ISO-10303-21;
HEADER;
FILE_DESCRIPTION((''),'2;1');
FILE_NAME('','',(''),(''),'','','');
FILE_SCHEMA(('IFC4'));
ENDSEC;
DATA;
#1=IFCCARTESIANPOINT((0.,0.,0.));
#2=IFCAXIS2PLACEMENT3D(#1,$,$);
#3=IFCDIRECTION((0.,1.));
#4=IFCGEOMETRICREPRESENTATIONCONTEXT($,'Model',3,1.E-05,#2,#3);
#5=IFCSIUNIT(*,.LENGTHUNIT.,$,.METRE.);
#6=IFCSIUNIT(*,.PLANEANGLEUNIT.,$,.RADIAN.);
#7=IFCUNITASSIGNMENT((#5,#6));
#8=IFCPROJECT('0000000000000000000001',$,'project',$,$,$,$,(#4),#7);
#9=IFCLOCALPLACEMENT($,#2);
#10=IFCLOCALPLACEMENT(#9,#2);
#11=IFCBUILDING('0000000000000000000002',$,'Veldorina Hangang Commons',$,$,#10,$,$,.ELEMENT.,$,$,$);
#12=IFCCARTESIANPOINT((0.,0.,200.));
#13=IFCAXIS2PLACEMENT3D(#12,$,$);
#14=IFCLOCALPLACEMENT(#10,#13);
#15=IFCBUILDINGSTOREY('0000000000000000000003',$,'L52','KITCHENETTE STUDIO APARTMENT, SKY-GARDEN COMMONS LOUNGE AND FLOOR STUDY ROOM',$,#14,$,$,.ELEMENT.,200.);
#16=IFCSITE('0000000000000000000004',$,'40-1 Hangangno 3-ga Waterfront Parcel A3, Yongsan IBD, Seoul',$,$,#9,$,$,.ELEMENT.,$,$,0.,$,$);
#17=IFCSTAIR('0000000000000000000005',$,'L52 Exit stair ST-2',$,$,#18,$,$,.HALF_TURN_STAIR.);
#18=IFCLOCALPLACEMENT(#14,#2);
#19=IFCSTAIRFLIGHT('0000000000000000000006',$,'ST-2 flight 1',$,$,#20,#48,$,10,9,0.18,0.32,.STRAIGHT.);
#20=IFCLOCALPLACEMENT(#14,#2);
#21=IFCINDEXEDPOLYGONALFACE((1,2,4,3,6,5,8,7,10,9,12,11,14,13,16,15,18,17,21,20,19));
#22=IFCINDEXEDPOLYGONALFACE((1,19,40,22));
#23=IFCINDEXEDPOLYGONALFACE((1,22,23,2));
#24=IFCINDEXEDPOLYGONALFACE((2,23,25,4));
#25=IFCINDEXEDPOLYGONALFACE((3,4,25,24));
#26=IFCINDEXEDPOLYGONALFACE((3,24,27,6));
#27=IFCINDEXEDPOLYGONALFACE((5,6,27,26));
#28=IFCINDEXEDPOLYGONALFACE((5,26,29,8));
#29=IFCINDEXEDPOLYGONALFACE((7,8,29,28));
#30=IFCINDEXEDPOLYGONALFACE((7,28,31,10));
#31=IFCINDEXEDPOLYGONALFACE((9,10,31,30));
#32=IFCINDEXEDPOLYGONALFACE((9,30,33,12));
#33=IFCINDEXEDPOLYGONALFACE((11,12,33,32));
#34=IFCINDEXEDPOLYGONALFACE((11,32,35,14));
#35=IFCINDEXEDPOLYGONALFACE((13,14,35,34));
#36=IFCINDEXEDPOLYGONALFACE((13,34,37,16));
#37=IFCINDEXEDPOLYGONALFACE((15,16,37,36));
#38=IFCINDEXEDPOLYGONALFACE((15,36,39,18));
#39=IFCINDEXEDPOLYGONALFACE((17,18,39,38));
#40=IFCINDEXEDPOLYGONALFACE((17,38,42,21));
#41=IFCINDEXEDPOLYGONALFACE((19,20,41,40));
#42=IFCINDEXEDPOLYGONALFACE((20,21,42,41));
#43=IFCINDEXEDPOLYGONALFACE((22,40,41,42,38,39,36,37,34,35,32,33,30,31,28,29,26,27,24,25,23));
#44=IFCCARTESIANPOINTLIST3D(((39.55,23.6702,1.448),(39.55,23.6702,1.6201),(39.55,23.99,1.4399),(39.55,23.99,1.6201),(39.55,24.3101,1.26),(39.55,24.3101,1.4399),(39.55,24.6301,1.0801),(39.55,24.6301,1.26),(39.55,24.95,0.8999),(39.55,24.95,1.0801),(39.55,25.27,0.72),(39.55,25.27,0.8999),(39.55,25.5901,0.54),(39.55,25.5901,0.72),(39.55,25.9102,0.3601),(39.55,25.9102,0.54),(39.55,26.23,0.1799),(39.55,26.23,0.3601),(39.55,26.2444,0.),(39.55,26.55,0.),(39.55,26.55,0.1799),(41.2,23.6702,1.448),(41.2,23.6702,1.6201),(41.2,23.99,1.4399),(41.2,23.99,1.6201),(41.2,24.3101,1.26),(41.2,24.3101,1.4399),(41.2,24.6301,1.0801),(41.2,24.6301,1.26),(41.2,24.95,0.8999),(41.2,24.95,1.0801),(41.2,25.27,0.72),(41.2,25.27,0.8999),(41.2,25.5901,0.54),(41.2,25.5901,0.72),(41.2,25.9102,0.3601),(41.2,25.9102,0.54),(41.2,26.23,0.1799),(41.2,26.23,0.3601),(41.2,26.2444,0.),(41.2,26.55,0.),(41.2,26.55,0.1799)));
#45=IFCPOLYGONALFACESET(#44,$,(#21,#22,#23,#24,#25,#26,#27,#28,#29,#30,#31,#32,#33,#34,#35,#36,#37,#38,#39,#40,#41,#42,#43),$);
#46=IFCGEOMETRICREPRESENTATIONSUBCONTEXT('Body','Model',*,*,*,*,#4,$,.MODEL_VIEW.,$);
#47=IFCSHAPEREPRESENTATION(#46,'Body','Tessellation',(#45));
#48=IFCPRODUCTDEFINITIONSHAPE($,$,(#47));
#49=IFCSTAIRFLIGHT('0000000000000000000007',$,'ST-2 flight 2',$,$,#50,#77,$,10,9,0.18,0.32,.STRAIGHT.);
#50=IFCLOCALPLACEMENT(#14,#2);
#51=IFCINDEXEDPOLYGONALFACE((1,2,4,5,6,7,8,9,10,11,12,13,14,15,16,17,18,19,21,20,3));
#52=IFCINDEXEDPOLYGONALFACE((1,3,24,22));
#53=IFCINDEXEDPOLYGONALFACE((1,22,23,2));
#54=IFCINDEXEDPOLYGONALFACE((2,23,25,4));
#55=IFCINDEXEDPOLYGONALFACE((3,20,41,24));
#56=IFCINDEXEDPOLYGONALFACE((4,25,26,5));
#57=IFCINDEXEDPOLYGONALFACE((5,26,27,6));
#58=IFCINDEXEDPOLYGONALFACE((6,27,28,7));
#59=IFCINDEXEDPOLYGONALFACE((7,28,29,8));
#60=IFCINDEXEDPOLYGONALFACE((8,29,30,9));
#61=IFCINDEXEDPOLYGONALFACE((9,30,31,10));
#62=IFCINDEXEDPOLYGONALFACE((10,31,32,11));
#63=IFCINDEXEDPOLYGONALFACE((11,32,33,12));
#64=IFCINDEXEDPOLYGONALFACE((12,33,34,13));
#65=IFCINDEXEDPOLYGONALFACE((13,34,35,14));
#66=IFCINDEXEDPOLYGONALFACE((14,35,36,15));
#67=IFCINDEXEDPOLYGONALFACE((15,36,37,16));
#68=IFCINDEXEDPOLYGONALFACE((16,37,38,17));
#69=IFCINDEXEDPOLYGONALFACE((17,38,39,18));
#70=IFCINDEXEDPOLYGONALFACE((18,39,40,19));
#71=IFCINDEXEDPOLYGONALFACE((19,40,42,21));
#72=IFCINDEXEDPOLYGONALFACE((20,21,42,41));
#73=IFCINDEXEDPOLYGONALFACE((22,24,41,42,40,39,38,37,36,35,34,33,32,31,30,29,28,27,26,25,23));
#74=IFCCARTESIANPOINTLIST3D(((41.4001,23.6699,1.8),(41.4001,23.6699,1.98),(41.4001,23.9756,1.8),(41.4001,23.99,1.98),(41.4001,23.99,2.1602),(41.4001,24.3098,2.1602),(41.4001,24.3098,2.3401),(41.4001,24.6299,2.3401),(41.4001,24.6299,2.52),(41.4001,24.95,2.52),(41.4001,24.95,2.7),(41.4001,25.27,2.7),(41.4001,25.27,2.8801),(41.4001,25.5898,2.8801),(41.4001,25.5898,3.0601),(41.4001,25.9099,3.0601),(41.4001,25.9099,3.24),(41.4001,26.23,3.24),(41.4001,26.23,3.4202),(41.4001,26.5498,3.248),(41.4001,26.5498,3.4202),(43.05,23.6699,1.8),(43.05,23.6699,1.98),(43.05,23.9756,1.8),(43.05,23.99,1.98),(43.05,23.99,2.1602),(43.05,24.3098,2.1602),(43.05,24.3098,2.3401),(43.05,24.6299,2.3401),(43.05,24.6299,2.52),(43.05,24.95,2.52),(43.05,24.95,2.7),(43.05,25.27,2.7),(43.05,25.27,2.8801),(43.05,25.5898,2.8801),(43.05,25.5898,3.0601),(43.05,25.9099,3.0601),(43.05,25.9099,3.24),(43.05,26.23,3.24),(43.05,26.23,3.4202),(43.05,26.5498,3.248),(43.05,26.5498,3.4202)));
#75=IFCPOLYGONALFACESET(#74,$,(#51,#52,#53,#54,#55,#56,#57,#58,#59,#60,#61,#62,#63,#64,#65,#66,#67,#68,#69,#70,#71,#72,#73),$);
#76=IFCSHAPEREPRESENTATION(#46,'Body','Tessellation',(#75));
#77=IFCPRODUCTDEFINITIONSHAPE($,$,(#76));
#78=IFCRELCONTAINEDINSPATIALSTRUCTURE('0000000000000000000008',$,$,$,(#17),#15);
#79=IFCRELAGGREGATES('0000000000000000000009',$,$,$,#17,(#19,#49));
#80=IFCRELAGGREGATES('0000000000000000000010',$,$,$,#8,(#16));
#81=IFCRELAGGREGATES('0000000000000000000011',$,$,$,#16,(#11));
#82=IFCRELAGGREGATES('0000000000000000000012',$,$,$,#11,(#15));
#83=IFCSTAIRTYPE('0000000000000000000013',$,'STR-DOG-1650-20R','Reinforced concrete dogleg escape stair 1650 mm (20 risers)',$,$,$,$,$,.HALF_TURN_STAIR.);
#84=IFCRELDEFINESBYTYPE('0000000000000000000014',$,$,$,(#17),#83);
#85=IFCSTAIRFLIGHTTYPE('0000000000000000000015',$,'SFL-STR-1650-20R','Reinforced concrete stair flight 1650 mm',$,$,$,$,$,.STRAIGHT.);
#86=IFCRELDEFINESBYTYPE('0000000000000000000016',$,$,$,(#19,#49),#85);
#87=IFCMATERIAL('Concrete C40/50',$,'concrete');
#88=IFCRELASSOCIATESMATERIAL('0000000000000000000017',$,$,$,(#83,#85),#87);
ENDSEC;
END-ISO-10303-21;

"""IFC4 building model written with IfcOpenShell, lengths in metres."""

from ifc_helpers import new_model, si_unit, direction, frame, origin, place, context, subcontext, project, spatial, polyline, outline, extrude, material, type_object, element, aggregate, save


model = new_model("IFC4")

# Units and contexts
model_context = context("Model", 3, precision=1e-05, world=origin(), true_north=direction((0.0, 1.0)))
body_context = subcontext(model_context, "Body", "Model", "MODEL_VIEW")
ifc_project = project(units=[si_unit("LENGTHUNIT", "METRE"), si_unit("PLANEANGLEUNIT", "RADIAN")], contexts=[model_context])

# Site, building, storey
site_placement = place(None, origin())
site = spatial("IfcSite", under=ifc_project, at=site_placement, Name="40-1 Hangangno 3-ga Waterfront Parcel A3, Yongsan IBD, Seoul", CompositionType="ELEMENT", RefElevation=0.0)
building_placement = place(site_placement, origin())
building = spatial("IfcBuilding", under=site, at=building_placement, Name="Veldorina Hangang Commons", CompositionType="ELEMENT")
storey_placement = place(building_placement, frame((0.0, 0.0, 200.0)))
storey = spatial("IfcBuildingStorey", under=building, at=storey_placement, Name="L52", Description="KITCHENETTE STUDIO APARTMENT, SKY-GARDEN COMMONS LOUNGE AND FLOOR STUDY ROOM", CompositionType="ELEMENT", Elevation=200.0)

# Stair, stair flights
ifc_material_1 = material(Name="Concrete C40/50", Category="concrete")
stair_type = type_object("IfcStairType", Name="STR-DOG-1650-20R", Description="Reinforced concrete dogleg escape stair 1650 mm (20 risers)", PredefinedType="HALF_TURN_STAIR", material=ifc_material_1)
stair_placement = place(storey_placement, origin())
stair = element("IfcStair", 1, at=stair_placement, inside=storey, type_object=stair_type, Name="L52 Exit stair ST-2", PredefinedType="HALF_TURN_STAIR")
stair_flight_type = type_object("IfcStairFlightType", Name="SFL-STR-1650-20R", Description="Reinforced concrete stair flight 1650 mm", PredefinedType="STRAIGHT", material=ifc_material_1)
stair_flight_1_placement = place(storey_placement, frame((40.375, 26.55, 0.0), z_axis=(0.0, 0.0, 1.0), x_axis=(0.0, -1.0, 0.0)))
stair_flight_1 = element("IfcStairFlight", 2, at=stair_flight_1_placement, type_object=stair_flight_type, Name="ST-2 flight 1", NumberOfRisers=10, NumberOfTreads=9, PredefinedType="STRAIGHT", RiserHeight=0.18, TreadLength=0.32, context=body_context, shape_type="SweptSolid", body=[
    extrude(outline(polyline([(0.0, 0.0), (0.0, 0.1799), (0.3201, 0.1799), (0.3201, 0.3601), (0.6399, 0.3601), (0.6399, 0.54), (0.96, 0.54), (0.96, 0.72), (1.28, 0.72), (1.28, 0.8999), (1.6001, 0.8999), (1.6001, 1.0801), (1.9199, 1.0801), (1.9199, 1.26), (2.24, 1.26), (2.24, 1.4399), (2.5601, 1.4399), (2.5601, 1.6201), (2.8799, 1.6201), (2.8799, 1.8), (2.8799, 1.448), (0.3057, 0.0), (0.0, 0.0)])), frame((0.0, 0.825, 0.0), z_axis=(0.0, -1.0, 0.0), x_axis=(1.0, 0.0, 0.0)), (0.0, 0.0, 1.0), 1.6499),
])
stair_flight_2_placement = place(storey_placement, frame((42.2251, 23.6699, 1.8), z_axis=(0.0, 0.0, 1.0), x_axis=(0.0, 1.0, 0.0)))
stair_flight_2 = element("IfcStairFlight", 3, at=stair_flight_2_placement, type_object=stair_flight_type, Name="ST-2 flight 2", NumberOfRisers=10, NumberOfTreads=9, PredefinedType="STRAIGHT", RiserHeight=0.18, TreadLength=0.32, context=body_context, shape_type="SweptSolid", body=[
    extrude(outline(polyline([(0.0, 0.0), (0.0, 0.1799), (0.3201, 0.1799), (0.3201, 0.3601), (0.6399, 0.3601), (0.6399, 0.54), (0.96, 0.54), (0.96, 0.72), (1.28, 0.72), (1.28, 0.8999), (1.6001, 0.8999), (1.6001, 1.0801), (1.9199, 1.0801), (1.9199, 1.26), (2.24, 1.26), (2.24, 1.4399), (2.5601, 1.4399), (2.5601, 1.6201), (2.8799, 1.6201), (2.8799, 1.8), (2.8799, 1.448), (0.3057, 0.0), (0.0, 0.0)])), frame((0.0, 0.825, 0.0), z_axis=(0.0, -1.0, 0.0), x_axis=(1.0, 0.0, 0.0)), (0.0, 0.0, 1.0), 1.6499),
])
aggregate(stair, [stair_flight_1, stair_flight_2])

save(model, "model.ifc")
